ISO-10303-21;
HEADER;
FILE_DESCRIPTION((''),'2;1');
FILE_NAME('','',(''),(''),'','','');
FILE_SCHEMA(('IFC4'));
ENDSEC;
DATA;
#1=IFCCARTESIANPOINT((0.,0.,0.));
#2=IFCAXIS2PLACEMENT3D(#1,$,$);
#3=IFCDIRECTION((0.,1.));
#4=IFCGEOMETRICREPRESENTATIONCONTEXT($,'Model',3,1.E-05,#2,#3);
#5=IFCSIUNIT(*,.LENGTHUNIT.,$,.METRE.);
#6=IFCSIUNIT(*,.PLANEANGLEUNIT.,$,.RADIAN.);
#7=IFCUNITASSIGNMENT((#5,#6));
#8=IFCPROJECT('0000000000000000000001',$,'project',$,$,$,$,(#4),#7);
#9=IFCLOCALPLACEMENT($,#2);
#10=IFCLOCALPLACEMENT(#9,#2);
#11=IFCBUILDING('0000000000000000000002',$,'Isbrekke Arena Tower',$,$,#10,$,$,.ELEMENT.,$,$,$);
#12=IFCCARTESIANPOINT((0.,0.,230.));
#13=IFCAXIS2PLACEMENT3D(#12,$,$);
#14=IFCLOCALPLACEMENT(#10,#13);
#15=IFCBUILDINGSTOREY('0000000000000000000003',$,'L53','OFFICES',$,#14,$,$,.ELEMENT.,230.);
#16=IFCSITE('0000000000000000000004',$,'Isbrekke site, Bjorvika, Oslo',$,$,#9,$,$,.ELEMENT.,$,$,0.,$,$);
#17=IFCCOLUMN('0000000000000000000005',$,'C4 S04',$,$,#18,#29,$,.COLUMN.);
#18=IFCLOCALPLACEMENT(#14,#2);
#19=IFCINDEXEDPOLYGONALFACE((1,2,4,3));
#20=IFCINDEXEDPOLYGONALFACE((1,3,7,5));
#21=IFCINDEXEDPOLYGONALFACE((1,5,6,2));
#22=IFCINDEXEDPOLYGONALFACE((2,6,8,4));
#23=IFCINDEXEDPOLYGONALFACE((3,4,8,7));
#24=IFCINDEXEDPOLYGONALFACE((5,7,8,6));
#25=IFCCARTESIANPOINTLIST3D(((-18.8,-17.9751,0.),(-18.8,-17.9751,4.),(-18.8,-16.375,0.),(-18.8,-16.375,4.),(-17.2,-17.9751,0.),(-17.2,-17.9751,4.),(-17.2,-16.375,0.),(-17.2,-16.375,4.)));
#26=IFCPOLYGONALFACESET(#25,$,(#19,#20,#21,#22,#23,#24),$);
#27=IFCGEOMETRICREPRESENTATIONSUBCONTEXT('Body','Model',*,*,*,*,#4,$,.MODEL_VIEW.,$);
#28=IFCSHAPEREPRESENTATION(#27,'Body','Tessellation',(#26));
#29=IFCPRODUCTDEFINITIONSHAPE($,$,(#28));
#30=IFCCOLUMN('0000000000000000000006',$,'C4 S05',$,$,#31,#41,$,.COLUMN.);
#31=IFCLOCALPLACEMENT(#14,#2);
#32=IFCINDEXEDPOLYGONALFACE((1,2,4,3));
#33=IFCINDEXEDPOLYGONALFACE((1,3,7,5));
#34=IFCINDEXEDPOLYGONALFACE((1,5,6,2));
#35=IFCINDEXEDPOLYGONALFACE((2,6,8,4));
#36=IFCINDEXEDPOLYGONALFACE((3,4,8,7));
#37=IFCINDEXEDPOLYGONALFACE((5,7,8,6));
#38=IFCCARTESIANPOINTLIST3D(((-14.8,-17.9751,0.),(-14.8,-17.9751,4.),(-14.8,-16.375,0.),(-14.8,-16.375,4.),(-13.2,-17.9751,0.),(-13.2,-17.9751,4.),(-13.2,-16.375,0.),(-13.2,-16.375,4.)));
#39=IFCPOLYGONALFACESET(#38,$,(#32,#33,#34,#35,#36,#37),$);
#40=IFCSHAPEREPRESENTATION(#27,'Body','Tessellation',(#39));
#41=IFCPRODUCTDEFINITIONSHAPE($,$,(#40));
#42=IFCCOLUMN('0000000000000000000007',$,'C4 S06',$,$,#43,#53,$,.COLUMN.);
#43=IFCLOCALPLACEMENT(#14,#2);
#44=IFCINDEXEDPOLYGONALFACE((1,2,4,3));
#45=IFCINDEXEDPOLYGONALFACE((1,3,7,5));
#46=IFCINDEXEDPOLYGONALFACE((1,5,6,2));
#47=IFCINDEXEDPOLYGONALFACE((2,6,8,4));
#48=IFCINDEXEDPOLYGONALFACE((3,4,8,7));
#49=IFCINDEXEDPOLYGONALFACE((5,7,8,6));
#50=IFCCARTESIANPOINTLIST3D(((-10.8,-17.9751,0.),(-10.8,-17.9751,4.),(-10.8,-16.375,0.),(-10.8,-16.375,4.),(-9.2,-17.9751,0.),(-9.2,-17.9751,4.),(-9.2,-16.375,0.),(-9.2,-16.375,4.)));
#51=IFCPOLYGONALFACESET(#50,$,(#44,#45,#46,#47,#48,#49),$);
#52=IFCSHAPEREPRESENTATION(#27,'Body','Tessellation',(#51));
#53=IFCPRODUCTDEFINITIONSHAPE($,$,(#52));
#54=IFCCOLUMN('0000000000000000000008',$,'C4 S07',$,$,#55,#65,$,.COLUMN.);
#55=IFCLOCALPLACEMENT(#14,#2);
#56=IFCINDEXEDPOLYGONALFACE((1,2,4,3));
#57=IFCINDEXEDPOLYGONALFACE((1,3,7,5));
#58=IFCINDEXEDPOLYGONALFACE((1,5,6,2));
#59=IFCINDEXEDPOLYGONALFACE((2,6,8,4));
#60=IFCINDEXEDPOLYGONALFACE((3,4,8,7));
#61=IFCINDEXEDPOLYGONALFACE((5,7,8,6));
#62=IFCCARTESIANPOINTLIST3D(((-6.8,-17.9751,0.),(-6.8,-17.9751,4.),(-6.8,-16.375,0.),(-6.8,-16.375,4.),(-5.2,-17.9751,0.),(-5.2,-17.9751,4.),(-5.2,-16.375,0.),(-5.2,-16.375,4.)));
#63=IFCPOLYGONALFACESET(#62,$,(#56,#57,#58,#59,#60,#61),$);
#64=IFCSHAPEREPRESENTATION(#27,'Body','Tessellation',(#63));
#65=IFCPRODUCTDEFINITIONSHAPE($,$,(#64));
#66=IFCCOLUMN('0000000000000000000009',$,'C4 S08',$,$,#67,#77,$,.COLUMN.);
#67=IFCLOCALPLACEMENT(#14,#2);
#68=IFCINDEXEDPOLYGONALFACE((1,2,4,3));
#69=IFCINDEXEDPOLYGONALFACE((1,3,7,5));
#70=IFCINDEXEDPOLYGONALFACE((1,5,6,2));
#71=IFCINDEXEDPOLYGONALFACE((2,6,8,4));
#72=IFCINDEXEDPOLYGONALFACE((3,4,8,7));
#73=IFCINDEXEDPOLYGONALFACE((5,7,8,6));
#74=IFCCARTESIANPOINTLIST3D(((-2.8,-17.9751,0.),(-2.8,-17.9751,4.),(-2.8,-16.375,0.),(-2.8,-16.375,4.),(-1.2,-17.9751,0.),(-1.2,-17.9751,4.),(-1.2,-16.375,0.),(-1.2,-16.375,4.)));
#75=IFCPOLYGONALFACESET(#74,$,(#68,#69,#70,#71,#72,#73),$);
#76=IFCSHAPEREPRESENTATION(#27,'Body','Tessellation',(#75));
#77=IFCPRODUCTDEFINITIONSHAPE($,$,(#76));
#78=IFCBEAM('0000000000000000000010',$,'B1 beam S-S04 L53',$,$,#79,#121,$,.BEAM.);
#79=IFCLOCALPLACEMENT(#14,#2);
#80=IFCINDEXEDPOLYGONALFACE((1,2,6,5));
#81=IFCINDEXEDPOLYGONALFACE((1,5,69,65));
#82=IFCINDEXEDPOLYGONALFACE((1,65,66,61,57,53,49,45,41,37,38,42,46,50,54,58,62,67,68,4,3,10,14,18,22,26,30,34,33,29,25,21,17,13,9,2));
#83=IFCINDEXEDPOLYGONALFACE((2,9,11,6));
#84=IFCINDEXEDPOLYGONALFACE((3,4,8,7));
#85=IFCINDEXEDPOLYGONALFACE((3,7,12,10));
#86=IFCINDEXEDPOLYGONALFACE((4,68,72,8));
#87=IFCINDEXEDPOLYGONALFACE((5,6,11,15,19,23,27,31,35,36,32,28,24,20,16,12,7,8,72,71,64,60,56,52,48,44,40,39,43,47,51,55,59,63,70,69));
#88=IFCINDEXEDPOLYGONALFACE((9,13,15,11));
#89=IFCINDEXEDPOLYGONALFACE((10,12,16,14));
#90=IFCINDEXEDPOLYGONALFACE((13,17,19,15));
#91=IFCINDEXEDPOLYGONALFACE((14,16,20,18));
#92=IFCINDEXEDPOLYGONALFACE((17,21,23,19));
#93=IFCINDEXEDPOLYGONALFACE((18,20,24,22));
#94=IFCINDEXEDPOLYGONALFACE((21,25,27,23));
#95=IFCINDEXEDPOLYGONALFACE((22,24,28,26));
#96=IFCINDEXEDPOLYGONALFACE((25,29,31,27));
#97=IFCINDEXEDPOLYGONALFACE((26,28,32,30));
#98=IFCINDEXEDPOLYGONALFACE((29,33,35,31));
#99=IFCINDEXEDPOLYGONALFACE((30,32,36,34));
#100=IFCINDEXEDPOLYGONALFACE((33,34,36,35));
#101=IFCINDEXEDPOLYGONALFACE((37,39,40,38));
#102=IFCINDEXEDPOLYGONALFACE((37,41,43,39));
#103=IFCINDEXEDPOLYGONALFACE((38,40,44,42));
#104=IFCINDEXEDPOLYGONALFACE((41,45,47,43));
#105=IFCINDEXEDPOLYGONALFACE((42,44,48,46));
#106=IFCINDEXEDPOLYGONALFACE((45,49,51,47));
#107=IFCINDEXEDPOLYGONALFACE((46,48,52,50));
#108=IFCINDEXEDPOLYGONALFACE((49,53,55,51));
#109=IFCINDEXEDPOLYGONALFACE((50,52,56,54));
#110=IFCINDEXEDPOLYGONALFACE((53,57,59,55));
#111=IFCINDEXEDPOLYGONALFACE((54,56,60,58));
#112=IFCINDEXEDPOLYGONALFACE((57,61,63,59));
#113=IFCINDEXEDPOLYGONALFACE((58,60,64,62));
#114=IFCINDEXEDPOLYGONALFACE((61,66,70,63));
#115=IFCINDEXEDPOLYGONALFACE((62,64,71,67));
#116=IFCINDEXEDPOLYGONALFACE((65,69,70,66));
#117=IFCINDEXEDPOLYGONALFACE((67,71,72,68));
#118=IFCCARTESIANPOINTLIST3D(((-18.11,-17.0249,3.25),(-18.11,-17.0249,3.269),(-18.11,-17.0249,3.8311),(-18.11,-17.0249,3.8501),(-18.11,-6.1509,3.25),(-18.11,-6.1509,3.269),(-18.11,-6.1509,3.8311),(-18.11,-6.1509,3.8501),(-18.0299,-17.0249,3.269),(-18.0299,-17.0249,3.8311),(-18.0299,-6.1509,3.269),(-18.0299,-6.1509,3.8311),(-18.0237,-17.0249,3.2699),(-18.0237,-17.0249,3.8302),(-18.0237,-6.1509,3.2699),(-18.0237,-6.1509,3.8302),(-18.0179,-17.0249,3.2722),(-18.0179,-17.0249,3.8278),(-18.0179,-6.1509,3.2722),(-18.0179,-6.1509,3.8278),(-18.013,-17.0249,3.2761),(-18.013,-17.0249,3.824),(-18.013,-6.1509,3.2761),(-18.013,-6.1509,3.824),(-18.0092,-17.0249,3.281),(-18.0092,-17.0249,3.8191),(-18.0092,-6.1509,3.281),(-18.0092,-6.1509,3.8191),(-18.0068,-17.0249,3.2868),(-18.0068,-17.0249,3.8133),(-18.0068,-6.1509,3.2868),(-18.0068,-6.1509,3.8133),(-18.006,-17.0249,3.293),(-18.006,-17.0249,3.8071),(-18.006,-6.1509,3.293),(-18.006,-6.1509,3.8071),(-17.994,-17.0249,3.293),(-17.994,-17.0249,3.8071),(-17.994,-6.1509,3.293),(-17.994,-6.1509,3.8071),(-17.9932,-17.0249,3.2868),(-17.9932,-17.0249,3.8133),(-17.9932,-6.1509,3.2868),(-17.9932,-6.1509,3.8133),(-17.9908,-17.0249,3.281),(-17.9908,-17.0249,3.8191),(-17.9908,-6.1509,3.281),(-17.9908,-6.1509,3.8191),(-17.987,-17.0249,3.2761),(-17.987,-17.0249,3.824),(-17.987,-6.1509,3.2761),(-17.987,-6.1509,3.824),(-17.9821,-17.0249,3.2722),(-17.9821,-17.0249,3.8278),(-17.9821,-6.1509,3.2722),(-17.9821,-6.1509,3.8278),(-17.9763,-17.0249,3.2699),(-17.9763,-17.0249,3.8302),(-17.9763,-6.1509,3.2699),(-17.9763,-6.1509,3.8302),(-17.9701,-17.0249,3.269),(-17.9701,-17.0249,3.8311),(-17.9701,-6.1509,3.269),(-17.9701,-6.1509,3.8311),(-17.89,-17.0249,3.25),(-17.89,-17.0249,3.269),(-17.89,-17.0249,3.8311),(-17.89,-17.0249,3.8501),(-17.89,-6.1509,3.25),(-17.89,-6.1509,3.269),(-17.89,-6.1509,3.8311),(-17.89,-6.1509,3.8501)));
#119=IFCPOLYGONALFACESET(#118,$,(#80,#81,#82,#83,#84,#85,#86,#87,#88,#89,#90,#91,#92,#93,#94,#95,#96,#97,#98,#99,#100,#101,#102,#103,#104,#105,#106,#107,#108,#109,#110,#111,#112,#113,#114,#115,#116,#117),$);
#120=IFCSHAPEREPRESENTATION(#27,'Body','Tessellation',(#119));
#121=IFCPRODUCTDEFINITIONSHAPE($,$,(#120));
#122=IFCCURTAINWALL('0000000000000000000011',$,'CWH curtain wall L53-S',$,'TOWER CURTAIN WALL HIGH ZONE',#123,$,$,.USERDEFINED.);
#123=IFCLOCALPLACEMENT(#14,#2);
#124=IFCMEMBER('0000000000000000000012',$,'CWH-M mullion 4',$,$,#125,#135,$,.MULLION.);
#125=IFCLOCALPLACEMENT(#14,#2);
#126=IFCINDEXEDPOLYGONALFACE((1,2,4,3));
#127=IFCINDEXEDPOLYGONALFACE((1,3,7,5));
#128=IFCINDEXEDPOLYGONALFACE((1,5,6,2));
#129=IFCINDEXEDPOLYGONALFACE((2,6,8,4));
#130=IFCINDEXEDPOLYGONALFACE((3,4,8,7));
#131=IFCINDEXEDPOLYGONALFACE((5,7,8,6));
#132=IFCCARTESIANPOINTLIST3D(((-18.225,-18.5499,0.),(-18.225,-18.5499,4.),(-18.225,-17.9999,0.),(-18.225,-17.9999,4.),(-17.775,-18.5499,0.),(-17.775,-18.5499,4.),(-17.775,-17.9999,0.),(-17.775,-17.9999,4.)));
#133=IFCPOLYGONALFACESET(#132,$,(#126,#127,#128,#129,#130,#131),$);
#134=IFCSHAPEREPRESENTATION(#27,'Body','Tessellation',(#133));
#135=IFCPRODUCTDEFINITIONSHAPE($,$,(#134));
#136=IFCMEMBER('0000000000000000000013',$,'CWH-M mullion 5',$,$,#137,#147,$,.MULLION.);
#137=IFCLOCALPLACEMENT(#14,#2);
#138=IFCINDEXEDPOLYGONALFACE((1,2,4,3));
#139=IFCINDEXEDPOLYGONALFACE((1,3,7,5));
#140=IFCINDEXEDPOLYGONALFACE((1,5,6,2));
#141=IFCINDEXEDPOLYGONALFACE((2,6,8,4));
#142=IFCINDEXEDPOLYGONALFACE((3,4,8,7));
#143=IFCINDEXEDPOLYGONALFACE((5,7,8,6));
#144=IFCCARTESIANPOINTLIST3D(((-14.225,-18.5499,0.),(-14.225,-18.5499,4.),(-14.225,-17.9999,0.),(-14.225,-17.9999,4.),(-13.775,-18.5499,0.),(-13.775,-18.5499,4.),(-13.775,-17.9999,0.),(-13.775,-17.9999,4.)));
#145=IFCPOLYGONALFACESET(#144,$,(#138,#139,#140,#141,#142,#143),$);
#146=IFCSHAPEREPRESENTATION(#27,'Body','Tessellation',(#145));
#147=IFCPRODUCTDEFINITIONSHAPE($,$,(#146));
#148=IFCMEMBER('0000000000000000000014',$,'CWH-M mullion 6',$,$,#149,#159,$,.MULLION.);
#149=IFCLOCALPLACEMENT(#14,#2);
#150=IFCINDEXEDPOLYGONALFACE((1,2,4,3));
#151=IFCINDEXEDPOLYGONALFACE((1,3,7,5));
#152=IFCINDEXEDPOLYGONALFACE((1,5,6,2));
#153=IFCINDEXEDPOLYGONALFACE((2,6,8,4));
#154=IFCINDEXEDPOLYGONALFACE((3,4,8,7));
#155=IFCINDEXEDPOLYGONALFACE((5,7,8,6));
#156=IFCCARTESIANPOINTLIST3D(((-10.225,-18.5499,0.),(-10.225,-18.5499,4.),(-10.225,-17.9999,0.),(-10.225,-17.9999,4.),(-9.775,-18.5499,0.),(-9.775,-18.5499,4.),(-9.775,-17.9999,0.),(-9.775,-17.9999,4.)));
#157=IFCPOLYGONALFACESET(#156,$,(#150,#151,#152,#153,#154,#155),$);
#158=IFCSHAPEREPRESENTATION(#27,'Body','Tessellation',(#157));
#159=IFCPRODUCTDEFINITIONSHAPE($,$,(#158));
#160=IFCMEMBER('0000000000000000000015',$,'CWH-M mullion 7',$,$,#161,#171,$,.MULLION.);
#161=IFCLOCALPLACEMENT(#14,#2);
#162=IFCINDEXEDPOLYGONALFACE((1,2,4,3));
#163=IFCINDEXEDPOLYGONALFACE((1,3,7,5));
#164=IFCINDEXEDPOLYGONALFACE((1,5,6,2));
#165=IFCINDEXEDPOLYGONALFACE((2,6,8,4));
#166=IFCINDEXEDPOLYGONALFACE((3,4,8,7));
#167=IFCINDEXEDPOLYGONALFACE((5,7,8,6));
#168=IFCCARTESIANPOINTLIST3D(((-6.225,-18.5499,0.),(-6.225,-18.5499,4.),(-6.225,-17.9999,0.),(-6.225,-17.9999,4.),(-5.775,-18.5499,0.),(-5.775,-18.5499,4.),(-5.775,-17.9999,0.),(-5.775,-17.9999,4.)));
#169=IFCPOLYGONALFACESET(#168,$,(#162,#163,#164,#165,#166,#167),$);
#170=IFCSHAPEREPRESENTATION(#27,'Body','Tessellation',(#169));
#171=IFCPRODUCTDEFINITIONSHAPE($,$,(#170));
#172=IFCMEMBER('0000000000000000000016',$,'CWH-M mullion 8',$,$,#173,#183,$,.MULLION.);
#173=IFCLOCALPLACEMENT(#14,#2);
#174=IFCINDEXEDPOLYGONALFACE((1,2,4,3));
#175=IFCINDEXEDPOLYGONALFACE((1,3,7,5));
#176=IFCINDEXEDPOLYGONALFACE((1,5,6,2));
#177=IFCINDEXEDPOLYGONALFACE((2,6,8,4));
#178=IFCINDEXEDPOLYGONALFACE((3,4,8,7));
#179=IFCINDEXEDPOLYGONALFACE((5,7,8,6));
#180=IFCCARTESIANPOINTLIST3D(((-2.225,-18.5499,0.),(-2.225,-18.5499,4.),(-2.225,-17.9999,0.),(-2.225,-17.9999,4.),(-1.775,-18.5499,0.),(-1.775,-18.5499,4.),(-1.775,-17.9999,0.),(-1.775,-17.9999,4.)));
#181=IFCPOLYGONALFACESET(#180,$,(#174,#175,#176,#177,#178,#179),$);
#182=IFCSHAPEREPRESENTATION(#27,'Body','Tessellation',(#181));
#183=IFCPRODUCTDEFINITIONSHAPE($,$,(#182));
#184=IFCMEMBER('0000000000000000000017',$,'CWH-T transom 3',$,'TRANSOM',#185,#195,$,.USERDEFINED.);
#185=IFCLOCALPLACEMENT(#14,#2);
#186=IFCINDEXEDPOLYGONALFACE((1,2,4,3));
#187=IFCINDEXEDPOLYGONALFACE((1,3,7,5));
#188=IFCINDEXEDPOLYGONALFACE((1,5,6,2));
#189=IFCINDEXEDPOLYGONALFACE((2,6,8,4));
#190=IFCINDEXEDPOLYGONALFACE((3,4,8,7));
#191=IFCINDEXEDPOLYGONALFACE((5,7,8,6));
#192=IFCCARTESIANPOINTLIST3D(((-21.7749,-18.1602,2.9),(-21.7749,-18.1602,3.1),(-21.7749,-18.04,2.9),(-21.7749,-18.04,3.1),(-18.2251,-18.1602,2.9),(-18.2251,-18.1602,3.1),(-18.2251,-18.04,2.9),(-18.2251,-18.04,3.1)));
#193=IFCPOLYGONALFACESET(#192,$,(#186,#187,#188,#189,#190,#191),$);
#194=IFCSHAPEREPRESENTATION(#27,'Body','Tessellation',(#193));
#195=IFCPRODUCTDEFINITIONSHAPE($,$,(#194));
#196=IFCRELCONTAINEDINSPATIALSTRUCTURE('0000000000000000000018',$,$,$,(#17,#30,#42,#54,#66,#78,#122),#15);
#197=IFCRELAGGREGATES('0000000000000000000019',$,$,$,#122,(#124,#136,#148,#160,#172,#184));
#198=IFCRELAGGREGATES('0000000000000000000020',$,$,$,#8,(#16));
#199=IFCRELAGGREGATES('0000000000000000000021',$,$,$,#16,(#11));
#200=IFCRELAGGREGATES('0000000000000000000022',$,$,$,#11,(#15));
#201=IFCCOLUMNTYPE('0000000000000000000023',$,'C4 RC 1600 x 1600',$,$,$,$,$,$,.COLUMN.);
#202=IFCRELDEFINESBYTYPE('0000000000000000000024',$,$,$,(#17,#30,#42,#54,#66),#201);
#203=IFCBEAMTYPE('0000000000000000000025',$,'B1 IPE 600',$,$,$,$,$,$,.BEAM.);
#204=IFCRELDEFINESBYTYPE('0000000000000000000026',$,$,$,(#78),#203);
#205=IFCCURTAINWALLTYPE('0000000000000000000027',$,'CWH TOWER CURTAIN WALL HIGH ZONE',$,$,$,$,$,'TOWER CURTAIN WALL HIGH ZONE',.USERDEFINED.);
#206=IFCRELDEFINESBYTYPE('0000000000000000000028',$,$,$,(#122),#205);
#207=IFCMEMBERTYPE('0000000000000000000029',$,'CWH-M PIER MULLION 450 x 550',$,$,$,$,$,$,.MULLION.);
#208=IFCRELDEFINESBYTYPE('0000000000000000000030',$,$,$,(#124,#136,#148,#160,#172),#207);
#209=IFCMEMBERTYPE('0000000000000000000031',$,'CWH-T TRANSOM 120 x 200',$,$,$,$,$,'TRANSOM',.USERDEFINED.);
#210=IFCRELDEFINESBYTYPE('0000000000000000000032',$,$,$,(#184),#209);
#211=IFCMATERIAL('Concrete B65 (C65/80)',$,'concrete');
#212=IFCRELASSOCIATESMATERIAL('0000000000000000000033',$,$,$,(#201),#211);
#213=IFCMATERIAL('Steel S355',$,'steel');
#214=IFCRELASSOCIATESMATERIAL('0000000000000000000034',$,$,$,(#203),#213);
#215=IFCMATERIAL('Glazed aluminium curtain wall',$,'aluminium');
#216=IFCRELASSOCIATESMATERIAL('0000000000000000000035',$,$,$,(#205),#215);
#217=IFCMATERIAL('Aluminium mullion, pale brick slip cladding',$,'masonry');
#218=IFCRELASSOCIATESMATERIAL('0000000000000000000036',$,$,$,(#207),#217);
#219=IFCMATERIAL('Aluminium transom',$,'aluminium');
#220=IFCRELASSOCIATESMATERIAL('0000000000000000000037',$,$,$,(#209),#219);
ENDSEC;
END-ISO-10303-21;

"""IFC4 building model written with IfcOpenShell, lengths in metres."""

from ifc_helpers import new_model, si_unit, direction, frame, origin, origin_2d, place, context, subcontext, project, spatial, rectangle, i_section, extrude, material, material_profile, profile_set, type_object, element, aggregate, save


model = new_model("IFC4")

# Units and contexts
model_context = context("Model", 3, precision=1e-05, world=origin(), true_north=direction((0.0, 1.0)))
body_context = subcontext(model_context, "Body", "Model", "MODEL_VIEW")
ifc_project = project(units=[si_unit("LENGTHUNIT", "METRE"), si_unit("PLANEANGLEUNIT", "RADIAN")], contexts=[model_context])

# Site, building, storey
site_placement = place(None, origin())
site = spatial("IfcSite", under=ifc_project, at=site_placement, Name="Isbrekke site, Bjorvika, Oslo", CompositionType="ELEMENT", RefElevation=0.0)
building_placement = place(site_placement, origin())
building = spatial("IfcBuilding", under=site, at=building_placement, Name="Isbrekke Arena Tower", CompositionType="ELEMENT")
storey_placement = place(building_placement, frame((0.0, 0.0, 230.0)))
storey = spatial("IfcBuildingStorey", under=building, at=storey_placement, Name="L53", Description="OFFICES", CompositionType="ELEMENT", Elevation=230.0)

# Columns
ifc_material_1 = material(Name="Concrete B65 (C65/80)", Category="concrete")
ifc_material_profile_1 = material_profile(ifc_material_1, rectangle(XDim=1.6001, YDim=1.6001, at=origin_2d()), Name="RC 1600x1600")
ifc_profile_set_1 = profile_set([ifc_material_profile_1], Name="Concrete B65 (C65/80)")
column_type = type_object("IfcColumnType", Name="C4 RC 1600 x 1600", PredefinedType="COLUMN", material=ifc_profile_set_1)
for number, where, z_axis, x_axis, name in (
    (1, (-18.0, -17.175, 0.0), (0.0, 0.0, 1.0), (1.0, 0.0, 0.0), "C4 S04"),
    (2, (-14.0, -17.175, 0.0), (0.0, 0.0, 1.0), (1.0, 0.0, 0.0), "C4 S05"),
    (3, (-10.0, -17.175, 0.0), (0.0, 0.0, 1.0), (1.0, 0.0, 0.0), "C4 S06"),
    (4, (-6.0, -17.175, 0.0), (0.0, 0.0, 1.0), (1.0, 0.0, 0.0), "C4 S07"),
    (5, (-2.0, -17.175, 0.0), (0.0, 0.0, 1.0), (1.0, 0.0, 0.0), "C4 S08"),
):
    element("IfcColumn", number, at=place(storey_placement, frame(where, z_axis=z_axis, x_axis=x_axis)), inside=storey, type_object=column_type, Name=name, PredefinedType="COLUMN", context=body_context, shape_type="SweptSolid", body=[
        extrude(rectangle(XDim=1.6001, YDim=1.6001, at=origin_2d()), origin(), (0.0, 0.0, 1.0), 4.0),
    ])

# Beam
ifc_material_2 = material(Name="Steel S355", Category="steel")
ifc_material_profile_2 = material_profile(ifc_material_2, i_section(OverallWidth=0.22, OverallDepth=0.6001, WebThickness=0.012, FlangeThickness=0.019, FilletRadius=0.0239, at=origin_2d()), Name="IPE 600")
ifc_profile_set_2 = profile_set([ifc_material_profile_2], Name="Steel S355")
beam_type_1 = type_object("IfcBeamType", Name="B1 IPE 600", PredefinedType="BEAM", material=ifc_profile_set_2)
beam_placement = place(storey_placement, frame((-18.0, -17.0249, 3.55), z_axis=(0.0, 1.0, 0.0), x_axis=(-1.0, 0.0, 0.0)))
element("IfcBeam", 6, at=beam_placement, inside=storey, type_object=beam_type_1, Name="B1 beam S-S04 L53", PredefinedType="BEAM", context=body_context, shape_type="SweptSolid", body=[
    extrude(i_section(OverallWidth=0.22, OverallDepth=0.6001, WebThickness=0.012, FlangeThickness=0.019, FilletRadius=0.0239, at=origin_2d()), origin(), (0.0, 0.0, 1.0), 10.874),
])

# Curtain wall, members
ifc_material_3 = material(Name="Glazed aluminium curtain wall", Category="aluminium")
curtain_wall_type = type_object("IfcCurtainWallType", Name="CWH TOWER CURTAIN WALL HIGH ZONE", ElementType="TOWER CURTAIN WALL HIGH ZONE", PredefinedType="USERDEFINED", material=ifc_material_3)
curtain_wall_placement = place(storey_placement, origin())
curtain_wall = element("IfcCurtainWall", 7, at=curtain_wall_placement, inside=storey, type_object=curtain_wall_type, Name="CWH curtain wall L53-S", ObjectType="TOWER CURTAIN WALL HIGH ZONE", PredefinedType="USERDEFINED")
ifc_material_4 = material(Name="Aluminium mullion, pale brick slip cladding", Category="masonry")
ifc_material_profile_3 = material_profile(ifc_material_4, rectangle(XDim=0.45, YDim=0.55, at=origin_2d()), Name="PIER 450X550")
ifc_profile_set_3 = profile_set([ifc_material_profile_3], Name="Aluminium mullion, pale brick slip cladding")
member_type_1 = type_object("IfcMemberType", Name="CWH-M PIER MULLION 450 x 550", PredefinedType="MULLION", material=ifc_profile_set_3)
member_1_placement = place(storey_placement, frame((-18.0, -18.2749, 0.0), z_axis=(0.0, 0.0, 1.0), x_axis=(1.0, 0.0, 0.0)))
member_1 = element("IfcMember", 8, at=member_1_placement, type_object=member_type_1, Name="CWH-M mullion 4", PredefinedType="MULLION", context=body_context, shape_type="SweptSolid", body=[
    extrude(rectangle(XDim=0.45, YDim=0.55, at=origin_2d()), origin(), (0.0, 0.0, 1.0), 4.0),
])
member_2_placement = place(storey_placement, frame((-14.0, -18.2749, 0.0), z_axis=(0.0, 0.0, 1.0), x_axis=(1.0, 0.0, 0.0)))
member_2 = element("IfcMember", 9, at=member_2_placement, type_object=member_type_1, Name="CWH-M mullion 5", PredefinedType="MULLION", context=body_context, shape_type="SweptSolid", body=[
    extrude(rectangle(XDim=0.45, YDim=0.55, at=origin_2d()), origin(), (0.0, 0.0, 1.0), 4.0),
])
member_3_placement = place(storey_placement, frame((-10.0, -18.2749, 0.0), z_axis=(0.0, 0.0, 1.0), x_axis=(1.0, 0.0, 0.0)))
member_3 = element("IfcMember", 10, at=member_3_placement, type_object=member_type_1, Name="CWH-M mullion 6", PredefinedType="MULLION", context=body_context, shape_type="SweptSolid", body=[
    extrude(rectangle(XDim=0.45, YDim=0.55, at=origin_2d()), origin(), (0.0, 0.0, 1.0), 4.0),
])
member_4_placement = place(storey_placement, frame((-6.0, -18.2749, 0.0), z_axis=(0.0, 0.0, 1.0), x_axis=(1.0, 0.0, 0.0)))
member_4 = element("IfcMember", 11, at=member_4_placement, type_object=member_type_1, Name="CWH-M mullion 7", PredefinedType="MULLION", context=body_context, shape_type="SweptSolid", body=[
    extrude(rectangle(XDim=0.45, YDim=0.55, at=origin_2d()), origin(), (0.0, 0.0, 1.0), 4.0),
])
member_5_placement = place(storey_placement, frame((-2.0, -18.2749, 0.0), z_axis=(0.0, 0.0, 1.0), x_axis=(1.0, 0.0, 0.0)))
member_5 = element("IfcMember", 12, at=member_5_placement, type_object=member_type_1, Name="CWH-M mullion 8", PredefinedType="MULLION", context=body_context, shape_type="SweptSolid", body=[
    extrude(rectangle(XDim=0.45, YDim=0.55, at=origin_2d()), origin(), (0.0, 0.0, 1.0), 4.0),
])
ifc_material_5 = material(Name="Aluminium transom", Category="aluminium")
ifc_material_profile_4 = material_profile(ifc_material_5, rectangle(XDim=0.1201, YDim=0.2, at=origin_2d()), Name="TRANSOM 120X200")
ifc_profile_set_4 = profile_set([ifc_material_profile_4], Name="Aluminium transom")
member_type_2 = type_object("IfcMemberType", Name="CWH-T TRANSOM 120 x 200", ElementType="TRANSOM", PredefinedType="USERDEFINED", material=ifc_profile_set_4)
member_6_placement = place(storey_placement, frame((-21.7749, -18.1001, 3.0), z_axis=(1.0, 0.0, 0.0), x_axis=(0.0, 1.0, 0.0)))
member_6 = element("IfcMember", 13, at=member_6_placement, type_object=member_type_2, Name="CWH-T transom 3", ObjectType="TRANSOM", PredefinedType="USERDEFINED", context=body_context, shape_type="SweptSolid", body=[
    extrude(rectangle(XDim=0.1201, YDim=0.2, at=origin_2d()), origin(), (0.0, 0.0, 1.0), 3.5498),
])

aggregate(curtain_wall, [member_1, member_2, member_3, member_4, member_5, member_6])

save(model, "model.ifc")
